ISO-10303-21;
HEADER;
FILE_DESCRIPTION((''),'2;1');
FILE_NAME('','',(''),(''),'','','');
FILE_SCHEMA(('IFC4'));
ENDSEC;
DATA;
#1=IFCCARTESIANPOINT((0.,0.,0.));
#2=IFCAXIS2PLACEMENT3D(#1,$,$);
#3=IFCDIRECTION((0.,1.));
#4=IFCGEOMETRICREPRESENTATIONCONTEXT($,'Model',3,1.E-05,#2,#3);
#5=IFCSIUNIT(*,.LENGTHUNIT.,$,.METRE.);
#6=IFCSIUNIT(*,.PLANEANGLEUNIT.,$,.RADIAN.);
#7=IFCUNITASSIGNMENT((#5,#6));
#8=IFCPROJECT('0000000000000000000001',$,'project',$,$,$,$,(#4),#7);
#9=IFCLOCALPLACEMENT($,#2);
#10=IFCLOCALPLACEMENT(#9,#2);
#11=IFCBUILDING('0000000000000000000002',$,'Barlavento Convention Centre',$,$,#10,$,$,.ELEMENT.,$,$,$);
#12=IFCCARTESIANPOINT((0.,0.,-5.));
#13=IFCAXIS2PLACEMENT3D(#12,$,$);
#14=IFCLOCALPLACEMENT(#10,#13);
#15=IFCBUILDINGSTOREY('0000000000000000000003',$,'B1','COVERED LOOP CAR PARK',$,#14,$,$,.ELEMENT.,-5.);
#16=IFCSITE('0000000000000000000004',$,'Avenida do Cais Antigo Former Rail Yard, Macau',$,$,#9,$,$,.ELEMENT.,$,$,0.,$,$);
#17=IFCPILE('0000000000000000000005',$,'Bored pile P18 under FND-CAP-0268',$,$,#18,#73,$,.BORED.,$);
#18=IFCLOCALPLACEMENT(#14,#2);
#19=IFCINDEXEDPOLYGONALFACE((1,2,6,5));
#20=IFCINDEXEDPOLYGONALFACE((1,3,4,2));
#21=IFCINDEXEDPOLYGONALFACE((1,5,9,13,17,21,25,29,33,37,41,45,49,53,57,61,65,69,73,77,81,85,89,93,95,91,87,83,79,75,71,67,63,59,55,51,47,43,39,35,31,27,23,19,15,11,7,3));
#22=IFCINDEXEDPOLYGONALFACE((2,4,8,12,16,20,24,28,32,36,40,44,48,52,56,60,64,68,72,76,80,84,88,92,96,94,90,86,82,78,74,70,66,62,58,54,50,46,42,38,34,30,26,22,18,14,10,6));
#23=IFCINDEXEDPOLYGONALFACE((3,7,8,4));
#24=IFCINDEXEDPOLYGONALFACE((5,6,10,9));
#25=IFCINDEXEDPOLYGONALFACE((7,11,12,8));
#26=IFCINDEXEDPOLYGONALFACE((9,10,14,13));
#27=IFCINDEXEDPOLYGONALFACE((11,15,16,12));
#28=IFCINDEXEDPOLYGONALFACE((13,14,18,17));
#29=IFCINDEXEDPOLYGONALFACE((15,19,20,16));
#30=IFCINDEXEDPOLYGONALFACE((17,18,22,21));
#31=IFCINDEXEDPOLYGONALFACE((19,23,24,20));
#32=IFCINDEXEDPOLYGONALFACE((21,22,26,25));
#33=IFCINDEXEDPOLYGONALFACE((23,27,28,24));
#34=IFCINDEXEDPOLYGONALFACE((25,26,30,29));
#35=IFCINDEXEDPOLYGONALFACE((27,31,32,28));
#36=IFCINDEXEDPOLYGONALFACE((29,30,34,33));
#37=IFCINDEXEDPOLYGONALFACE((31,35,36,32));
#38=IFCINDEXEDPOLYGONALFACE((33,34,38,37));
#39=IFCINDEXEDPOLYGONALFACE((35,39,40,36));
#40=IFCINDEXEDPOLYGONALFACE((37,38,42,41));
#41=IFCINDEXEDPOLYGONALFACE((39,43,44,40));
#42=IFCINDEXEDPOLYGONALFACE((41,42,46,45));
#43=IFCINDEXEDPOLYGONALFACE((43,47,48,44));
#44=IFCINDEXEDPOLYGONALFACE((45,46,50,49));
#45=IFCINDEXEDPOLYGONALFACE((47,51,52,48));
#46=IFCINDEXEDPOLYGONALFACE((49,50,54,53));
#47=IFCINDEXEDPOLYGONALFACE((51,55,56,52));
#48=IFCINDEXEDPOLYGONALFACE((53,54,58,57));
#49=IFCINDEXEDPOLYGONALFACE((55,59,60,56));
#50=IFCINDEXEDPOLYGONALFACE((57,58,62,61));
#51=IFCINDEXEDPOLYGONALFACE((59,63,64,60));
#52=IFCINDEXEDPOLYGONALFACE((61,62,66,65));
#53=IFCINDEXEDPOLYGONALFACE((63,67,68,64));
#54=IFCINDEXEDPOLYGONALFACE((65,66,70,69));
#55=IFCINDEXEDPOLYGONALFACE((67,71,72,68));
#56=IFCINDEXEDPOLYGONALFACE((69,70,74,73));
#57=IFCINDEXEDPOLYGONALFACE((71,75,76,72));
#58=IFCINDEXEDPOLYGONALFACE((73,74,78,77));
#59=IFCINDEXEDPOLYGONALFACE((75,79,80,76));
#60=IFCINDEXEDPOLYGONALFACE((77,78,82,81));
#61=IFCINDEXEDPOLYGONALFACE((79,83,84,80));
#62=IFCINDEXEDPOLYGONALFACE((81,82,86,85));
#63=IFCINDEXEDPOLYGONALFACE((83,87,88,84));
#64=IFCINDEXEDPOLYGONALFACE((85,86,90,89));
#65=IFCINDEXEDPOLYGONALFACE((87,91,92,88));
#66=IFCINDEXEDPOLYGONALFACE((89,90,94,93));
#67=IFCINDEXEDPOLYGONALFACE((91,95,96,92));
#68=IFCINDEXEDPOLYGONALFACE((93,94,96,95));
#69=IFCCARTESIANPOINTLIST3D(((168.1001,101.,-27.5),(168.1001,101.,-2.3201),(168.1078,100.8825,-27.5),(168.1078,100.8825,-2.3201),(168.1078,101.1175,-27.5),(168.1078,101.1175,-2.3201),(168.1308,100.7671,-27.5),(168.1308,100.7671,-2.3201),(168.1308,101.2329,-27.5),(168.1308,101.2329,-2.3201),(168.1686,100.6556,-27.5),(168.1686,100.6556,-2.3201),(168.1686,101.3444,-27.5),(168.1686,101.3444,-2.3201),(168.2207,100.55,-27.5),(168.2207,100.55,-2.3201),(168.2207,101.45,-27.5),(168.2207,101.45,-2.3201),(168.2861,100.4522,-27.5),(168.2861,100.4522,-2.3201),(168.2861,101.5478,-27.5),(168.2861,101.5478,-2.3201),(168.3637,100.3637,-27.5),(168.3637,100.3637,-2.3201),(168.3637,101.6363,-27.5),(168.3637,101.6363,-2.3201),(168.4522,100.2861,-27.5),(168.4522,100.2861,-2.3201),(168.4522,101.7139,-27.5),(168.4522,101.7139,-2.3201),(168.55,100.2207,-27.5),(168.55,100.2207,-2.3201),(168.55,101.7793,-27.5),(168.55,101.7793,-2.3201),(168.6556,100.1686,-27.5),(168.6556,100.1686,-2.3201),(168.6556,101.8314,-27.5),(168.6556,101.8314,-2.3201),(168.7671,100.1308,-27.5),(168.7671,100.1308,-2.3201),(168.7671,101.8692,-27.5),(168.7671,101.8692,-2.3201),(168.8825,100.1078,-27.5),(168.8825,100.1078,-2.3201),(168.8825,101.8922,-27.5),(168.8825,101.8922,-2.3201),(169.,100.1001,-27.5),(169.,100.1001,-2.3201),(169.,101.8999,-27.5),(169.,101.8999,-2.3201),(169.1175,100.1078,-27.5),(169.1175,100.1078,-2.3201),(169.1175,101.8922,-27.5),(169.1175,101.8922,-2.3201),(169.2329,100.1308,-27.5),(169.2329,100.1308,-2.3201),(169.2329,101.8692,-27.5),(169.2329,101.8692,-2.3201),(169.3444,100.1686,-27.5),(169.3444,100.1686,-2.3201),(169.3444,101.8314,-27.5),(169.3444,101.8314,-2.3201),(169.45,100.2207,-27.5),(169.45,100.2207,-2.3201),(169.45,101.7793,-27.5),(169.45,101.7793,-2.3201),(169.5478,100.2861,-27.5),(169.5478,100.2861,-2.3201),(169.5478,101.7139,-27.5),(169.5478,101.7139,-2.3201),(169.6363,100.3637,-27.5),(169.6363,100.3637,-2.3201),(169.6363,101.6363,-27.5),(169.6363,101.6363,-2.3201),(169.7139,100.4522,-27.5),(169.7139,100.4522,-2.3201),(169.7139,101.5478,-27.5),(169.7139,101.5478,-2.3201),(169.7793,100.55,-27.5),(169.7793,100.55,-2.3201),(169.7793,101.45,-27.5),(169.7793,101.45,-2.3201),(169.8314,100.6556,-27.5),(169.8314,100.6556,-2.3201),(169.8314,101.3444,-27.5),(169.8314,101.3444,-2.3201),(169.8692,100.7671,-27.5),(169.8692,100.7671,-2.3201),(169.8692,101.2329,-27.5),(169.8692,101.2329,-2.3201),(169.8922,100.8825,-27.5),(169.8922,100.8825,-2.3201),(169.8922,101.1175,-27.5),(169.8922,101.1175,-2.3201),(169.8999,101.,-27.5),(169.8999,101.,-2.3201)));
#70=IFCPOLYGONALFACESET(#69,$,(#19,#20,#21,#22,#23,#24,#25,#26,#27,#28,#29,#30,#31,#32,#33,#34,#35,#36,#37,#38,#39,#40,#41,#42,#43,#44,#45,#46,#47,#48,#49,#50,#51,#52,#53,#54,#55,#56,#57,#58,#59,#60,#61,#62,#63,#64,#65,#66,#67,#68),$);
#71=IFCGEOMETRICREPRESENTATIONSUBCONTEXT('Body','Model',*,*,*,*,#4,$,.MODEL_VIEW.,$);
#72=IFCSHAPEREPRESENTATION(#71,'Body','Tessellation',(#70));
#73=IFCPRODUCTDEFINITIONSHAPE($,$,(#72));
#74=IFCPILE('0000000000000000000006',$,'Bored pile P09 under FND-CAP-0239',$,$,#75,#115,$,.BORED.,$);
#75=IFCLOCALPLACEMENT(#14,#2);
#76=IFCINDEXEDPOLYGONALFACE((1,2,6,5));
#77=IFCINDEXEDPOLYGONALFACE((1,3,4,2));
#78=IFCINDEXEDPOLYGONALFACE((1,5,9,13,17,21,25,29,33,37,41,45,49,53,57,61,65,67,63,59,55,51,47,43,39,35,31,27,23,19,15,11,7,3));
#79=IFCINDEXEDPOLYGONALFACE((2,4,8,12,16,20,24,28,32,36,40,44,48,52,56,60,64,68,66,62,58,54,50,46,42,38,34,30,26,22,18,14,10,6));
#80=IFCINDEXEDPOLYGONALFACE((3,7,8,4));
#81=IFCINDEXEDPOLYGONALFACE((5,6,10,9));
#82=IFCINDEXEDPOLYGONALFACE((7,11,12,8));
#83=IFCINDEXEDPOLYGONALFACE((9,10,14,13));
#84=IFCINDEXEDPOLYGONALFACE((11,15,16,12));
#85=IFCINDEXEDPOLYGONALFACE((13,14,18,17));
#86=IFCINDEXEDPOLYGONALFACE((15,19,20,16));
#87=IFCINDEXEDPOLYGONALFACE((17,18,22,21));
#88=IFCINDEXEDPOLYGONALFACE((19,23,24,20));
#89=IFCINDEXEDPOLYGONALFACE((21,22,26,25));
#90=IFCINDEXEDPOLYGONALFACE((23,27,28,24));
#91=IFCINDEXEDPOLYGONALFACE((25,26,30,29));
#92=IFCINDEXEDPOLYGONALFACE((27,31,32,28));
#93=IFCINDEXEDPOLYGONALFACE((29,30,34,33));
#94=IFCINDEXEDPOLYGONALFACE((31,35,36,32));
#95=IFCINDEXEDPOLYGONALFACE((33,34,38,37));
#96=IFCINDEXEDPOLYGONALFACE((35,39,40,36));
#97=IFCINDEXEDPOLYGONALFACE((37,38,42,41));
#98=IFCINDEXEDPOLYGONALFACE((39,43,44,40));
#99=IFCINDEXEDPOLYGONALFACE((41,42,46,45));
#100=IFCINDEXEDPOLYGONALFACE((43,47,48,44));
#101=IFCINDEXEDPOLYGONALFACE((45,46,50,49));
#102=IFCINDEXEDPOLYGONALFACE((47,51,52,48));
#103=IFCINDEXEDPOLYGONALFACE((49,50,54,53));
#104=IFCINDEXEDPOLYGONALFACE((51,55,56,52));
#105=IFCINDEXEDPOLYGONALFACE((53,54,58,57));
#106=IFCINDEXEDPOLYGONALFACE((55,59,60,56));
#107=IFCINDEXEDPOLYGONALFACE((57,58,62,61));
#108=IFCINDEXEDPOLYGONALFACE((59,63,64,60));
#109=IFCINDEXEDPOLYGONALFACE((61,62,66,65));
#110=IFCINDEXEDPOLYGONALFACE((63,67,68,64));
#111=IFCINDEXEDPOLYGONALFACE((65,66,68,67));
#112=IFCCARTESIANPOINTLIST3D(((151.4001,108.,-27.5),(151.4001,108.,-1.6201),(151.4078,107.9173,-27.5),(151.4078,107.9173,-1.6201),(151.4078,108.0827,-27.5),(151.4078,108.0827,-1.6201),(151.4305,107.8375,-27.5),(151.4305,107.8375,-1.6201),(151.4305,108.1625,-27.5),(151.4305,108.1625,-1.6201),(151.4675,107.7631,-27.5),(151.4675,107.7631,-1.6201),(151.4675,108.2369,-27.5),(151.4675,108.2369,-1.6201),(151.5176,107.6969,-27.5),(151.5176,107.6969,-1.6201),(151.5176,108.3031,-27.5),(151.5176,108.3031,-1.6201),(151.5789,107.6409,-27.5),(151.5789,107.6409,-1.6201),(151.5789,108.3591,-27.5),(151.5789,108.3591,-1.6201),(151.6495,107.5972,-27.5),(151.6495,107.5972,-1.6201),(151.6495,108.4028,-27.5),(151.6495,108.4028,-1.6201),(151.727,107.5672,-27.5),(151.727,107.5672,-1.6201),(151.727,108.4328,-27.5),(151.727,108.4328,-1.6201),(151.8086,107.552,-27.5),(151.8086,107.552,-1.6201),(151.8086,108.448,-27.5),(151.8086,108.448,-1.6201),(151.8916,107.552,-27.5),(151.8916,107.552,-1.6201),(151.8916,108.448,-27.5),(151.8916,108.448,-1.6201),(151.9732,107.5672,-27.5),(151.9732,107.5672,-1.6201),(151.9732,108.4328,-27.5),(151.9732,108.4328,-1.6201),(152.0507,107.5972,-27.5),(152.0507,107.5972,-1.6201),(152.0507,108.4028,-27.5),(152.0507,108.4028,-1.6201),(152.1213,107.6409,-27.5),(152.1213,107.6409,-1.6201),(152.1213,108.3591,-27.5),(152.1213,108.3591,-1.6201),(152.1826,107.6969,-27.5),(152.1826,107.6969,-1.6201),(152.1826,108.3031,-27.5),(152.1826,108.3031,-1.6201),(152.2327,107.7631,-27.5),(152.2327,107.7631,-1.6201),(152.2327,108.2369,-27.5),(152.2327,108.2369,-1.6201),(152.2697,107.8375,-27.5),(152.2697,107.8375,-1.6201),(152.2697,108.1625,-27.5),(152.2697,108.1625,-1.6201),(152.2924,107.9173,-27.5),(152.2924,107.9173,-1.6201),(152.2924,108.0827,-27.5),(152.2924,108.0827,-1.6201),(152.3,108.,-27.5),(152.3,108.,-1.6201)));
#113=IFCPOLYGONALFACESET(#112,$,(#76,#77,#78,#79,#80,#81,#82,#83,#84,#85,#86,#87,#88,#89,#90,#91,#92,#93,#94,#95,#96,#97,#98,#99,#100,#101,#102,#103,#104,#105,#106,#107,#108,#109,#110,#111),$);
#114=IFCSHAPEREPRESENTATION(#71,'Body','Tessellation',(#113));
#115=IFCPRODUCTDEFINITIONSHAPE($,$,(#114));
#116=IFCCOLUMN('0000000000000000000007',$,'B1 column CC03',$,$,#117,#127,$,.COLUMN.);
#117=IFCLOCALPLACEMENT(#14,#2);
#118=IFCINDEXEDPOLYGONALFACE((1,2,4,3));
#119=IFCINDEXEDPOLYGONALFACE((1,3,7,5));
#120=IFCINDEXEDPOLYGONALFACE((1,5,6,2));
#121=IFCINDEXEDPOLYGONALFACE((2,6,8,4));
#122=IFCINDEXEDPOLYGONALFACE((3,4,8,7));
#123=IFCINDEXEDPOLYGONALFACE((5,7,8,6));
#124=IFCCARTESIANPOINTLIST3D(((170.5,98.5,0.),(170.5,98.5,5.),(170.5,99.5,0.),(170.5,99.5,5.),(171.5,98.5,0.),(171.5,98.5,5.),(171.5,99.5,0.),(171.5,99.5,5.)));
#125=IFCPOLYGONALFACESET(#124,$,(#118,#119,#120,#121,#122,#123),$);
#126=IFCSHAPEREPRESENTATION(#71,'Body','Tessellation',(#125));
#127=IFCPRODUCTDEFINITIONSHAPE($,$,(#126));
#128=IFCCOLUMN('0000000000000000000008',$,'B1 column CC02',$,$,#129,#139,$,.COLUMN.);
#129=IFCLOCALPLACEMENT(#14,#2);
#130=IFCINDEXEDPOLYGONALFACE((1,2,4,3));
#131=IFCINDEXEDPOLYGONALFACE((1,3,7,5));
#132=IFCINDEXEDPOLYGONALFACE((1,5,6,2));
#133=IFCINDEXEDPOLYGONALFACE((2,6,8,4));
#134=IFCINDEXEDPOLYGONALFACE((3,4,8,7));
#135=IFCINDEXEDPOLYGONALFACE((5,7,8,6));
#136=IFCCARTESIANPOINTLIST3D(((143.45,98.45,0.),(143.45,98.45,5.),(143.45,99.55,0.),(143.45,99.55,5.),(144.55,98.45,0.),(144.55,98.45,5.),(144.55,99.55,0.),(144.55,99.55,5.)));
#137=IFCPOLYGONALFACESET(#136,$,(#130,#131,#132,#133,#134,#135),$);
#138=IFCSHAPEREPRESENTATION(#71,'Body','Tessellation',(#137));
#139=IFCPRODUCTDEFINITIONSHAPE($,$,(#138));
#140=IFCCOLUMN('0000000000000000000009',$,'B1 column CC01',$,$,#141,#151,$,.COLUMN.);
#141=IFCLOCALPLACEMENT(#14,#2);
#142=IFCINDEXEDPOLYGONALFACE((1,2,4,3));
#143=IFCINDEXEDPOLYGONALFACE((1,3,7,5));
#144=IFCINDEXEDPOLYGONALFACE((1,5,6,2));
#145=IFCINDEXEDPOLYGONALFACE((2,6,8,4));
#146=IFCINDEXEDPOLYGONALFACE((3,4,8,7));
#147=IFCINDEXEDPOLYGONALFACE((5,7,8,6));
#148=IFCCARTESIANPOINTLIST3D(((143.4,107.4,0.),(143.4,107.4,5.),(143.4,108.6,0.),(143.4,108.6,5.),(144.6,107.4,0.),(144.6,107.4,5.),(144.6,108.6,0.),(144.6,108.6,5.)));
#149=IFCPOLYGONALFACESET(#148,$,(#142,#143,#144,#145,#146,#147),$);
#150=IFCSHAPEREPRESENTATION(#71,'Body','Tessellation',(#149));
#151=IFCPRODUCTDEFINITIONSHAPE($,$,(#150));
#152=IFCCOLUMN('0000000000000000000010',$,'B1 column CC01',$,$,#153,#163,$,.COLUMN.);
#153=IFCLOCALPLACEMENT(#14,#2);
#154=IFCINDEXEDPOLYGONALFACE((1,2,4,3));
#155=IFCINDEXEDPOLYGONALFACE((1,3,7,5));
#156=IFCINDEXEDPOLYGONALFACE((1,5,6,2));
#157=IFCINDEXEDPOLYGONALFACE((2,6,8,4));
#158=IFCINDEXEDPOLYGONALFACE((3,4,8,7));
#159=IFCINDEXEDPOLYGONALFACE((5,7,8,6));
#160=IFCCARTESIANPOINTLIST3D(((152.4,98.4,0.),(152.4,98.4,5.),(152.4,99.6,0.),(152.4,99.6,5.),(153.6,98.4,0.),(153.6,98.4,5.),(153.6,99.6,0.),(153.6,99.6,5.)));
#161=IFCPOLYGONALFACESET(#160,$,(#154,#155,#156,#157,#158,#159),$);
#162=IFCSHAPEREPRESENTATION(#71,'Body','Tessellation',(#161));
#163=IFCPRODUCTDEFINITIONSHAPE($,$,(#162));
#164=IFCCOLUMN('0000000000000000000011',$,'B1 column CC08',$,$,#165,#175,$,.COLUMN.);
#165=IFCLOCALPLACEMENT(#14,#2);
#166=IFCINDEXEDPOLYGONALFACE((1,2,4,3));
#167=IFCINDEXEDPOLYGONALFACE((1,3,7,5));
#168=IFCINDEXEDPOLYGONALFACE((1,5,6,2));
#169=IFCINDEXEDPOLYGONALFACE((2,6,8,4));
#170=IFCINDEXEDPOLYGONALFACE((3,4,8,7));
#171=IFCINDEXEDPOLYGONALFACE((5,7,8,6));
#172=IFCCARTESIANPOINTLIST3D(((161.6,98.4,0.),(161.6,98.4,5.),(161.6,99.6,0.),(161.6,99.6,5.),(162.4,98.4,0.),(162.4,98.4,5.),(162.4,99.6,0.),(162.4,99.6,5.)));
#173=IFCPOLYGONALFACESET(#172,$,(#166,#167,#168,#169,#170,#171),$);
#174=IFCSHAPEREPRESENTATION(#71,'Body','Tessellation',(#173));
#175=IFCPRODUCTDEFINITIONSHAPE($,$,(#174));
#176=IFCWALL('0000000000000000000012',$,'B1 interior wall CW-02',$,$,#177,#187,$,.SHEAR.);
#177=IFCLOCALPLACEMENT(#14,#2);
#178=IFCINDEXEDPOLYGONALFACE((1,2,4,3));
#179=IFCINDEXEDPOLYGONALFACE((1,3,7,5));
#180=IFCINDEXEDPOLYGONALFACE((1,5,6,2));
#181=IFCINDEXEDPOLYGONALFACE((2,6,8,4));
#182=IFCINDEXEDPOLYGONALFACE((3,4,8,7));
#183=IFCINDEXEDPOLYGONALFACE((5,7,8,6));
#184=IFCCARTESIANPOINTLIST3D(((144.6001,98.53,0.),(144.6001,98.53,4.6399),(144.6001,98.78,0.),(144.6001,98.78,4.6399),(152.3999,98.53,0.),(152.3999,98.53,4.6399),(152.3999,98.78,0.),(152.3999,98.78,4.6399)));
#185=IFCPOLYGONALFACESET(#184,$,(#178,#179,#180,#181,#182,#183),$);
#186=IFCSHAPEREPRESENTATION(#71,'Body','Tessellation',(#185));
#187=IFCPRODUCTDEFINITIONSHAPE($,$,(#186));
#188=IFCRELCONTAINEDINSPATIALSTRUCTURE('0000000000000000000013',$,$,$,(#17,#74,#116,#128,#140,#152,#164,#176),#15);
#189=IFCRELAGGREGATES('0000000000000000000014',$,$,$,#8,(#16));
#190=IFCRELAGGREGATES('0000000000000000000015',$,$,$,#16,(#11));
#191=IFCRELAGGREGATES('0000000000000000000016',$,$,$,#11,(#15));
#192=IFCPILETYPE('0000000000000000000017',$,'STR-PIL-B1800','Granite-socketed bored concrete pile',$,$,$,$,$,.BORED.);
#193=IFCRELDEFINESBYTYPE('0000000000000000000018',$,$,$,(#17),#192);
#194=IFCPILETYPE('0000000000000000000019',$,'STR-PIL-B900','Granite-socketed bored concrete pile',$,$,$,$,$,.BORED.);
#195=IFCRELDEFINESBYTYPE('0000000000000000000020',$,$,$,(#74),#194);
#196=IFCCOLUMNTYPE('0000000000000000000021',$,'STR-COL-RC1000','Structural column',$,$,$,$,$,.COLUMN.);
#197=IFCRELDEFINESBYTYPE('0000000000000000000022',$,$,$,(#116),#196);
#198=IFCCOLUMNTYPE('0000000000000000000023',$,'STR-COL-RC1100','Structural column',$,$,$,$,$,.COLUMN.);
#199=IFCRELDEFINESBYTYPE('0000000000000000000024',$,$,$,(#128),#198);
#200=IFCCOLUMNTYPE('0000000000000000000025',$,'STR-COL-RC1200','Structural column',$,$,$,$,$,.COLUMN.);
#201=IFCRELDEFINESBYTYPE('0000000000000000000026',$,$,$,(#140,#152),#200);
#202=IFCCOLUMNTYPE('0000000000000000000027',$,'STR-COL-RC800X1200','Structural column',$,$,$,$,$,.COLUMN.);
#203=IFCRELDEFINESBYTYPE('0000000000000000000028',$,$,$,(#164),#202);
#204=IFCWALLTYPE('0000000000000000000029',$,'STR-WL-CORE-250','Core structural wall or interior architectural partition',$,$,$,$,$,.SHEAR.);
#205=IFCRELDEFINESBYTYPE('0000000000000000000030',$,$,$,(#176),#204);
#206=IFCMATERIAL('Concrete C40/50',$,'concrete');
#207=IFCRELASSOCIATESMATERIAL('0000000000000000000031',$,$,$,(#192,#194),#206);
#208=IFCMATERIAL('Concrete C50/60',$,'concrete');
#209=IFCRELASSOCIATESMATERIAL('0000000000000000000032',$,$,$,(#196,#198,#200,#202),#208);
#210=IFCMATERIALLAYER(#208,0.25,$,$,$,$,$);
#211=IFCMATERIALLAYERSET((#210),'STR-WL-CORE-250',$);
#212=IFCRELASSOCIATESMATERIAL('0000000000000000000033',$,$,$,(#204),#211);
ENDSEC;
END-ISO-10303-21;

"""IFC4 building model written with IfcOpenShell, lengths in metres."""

from ifc_helpers import new_model, si_unit, direction, frame, frame_2d, origin, origin_2d, place, context, subcontext, project, spatial, rectangle, circle, extrude, material, layer, layer_set, material_profile, profile_set, type_object, element, save


model = new_model("IFC4")

# Units and contexts
model_context = context("Model", 3, precision=1e-05, world=origin(), true_north=direction((0.0, 1.0)))
body_context = subcontext(model_context, "Body", "Model", "MODEL_VIEW")
ifc_project = project(units=[si_unit("LENGTHUNIT", "METRE"), si_unit("PLANEANGLEUNIT", "RADIAN")], contexts=[model_context])

# Site, building, storey
site_placement = place(None, origin())
site = spatial("IfcSite", under=ifc_project, at=site_placement, Name="Avenida do Cais Antigo Former Rail Yard, Macau", CompositionType="ELEMENT", RefElevation=0.0)
building_placement = place(site_placement, origin())
building = spatial("IfcBuilding", under=site, at=building_placement, Name="Barlavento Convention Centre", CompositionType="ELEMENT")
storey_placement = place(building_placement, frame((0.0, 0.0, -5.0)))
storey = spatial("IfcBuildingStorey", under=building, at=storey_placement, Name="B1", Description="COVERED LOOP CAR PARK", CompositionType="ELEMENT", Elevation=-5.0)

# Shared definitions
ifc_material_1 = material(Name="Concrete C40/50", Category="concrete")

# Piles
ifc_material_profile_1 = material_profile(ifc_material_1, circle(Radius=0.8999, at=origin_2d()), Name="BORED PILE 1800")
ifc_profile_set_1 = profile_set([ifc_material_profile_1], Name="Concrete C40/50")
pile_type_1 = type_object("IfcPileType", Name="STR-PIL-B1800", Description="Granite-socketed bored concrete pile", PredefinedType="BORED", material=ifc_profile_set_1)
for number, where, z_axis, x_axis, name in (
    (1, (169.0, 101.0, -2.3201), (0.0, 0.0, -1.0), (1.0, 0.0, 0.0), "Bored pile P18 under FND-CAP-0268"),
):
    element("IfcPile", number, at=place(storey_placement, frame(where, z_axis=z_axis, x_axis=x_axis)), inside=storey, type_object=pile_type_1, Name=name, PredefinedType="BORED", context=body_context, shape_type="SweptSolid", body=[
        extrude(circle(Radius=0.8999, at=origin_2d()), origin(), (0.0, 0.0, 1.0), 25.1799),
    ])
ifc_material_profile_2 = material_profile(ifc_material_1, circle(Radius=0.45, at=origin_2d()), Name="BORED PILE 900")
ifc_profile_set_2 = profile_set([ifc_material_profile_2], Name="Concrete C40/50")
pile_type_2 = type_object("IfcPileType", Name="STR-PIL-B900", Description="Granite-socketed bored concrete pile", PredefinedType="BORED", material=ifc_profile_set_2)
pile_1_placement = place(storey_placement, frame((151.8501, 108.0, -1.6201), z_axis=(0.0, 0.0, -1.0), x_axis=(1.0, 0.0, 0.0)))
element("IfcPile", 2, at=pile_1_placement, inside=storey, type_object=pile_type_2, Name="Bored pile P09 under FND-CAP-0239", PredefinedType="BORED", context=body_context, shape_type="SweptSolid", body=[
    extrude(circle(Radius=0.45, at=origin_2d()), origin(), (0.0, 0.0, 1.0), 25.8799),
])

# Columns
ifc_material_2 = material(Name="Concrete C50/60", Category="concrete")
ifc_material_profile_3 = material_profile(ifc_material_2, rectangle(XDim=1.0, YDim=1.0, at=origin_2d()), Name="RC 1000x1000")
ifc_profile_set_3 = profile_set([ifc_material_profile_3], Name="Concrete C50/60")
column_type_1 = type_object("IfcColumnType", Name="STR-COL-RC1000", Description="Structural column", PredefinedType="COLUMN", material=ifc_profile_set_3)
column_1_placement = place(storey_placement, frame((171.0, 99.0, 0.0), z_axis=(0.0, 0.0, 1.0), x_axis=(1.0, 0.0, 0.0)))
element("IfcColumn", 3, at=column_1_placement, inside=storey, type_object=column_type_1, Name="B1 column CC03", PredefinedType="COLUMN", context=body_context, shape_type="SweptSolid", body=[
    extrude(rectangle(XDim=1.0, YDim=1.0, at=origin_2d()), origin(), (0.0, 0.0, 1.0), 5.0),
])
ifc_material_profile_4 = material_profile(ifc_material_2, rectangle(XDim=1.1001, YDim=1.1001, at=origin_2d()), Name="RC 1100x1100")
ifc_profile_set_4 = profile_set([ifc_material_profile_4], Name="Concrete C50/60")
column_type_2 = type_object("IfcColumnType", Name="STR-COL-RC1100", Description="Structural column", PredefinedType="COLUMN", material=ifc_profile_set_4)
column_2_placement = place(storey_placement, frame((144.0, 99.0, 0.0), z_axis=(0.0, 0.0, 1.0), x_axis=(1.0, 0.0, 0.0)))
element("IfcColumn", 4, at=column_2_placement, inside=storey, type_object=column_type_2, Name="B1 column CC02", PredefinedType="COLUMN", context=body_context, shape_type="SweptSolid", body=[
    extrude(rectangle(XDim=1.1001, YDim=1.1001, at=origin_2d()), origin(), (0.0, 0.0, 1.0), 5.0),
])
ifc_material_profile_5 = material_profile(ifc_material_2, rectangle(XDim=1.2, YDim=1.2, at=origin_2d()), Name="RC 1200x1200")
ifc_profile_set_5 = profile_set([ifc_material_profile_5], Name="Concrete C50/60")
column_type_3 = type_object("IfcColumnType", Name="STR-COL-RC1200", Description="Structural column", PredefinedType="COLUMN", material=ifc_profile_set_5)
for number, where, z_axis, x_axis, name in (
    (5, (144.0, 108.0, 0.0), (0.0, 0.0, 1.0), (1.0, 0.0, 0.0), "B1 column CC01"),
    (6, (153.0, 99.0, 0.0), (0.0, 0.0, 1.0), (1.0, 0.0, 0.0), "B1 column CC01"),
):
    element("IfcColumn", number, at=place(storey_placement, frame(where, z_axis=z_axis, x_axis=x_axis)), inside=storey, type_object=column_type_3, Name=name, PredefinedType="COLUMN", context=body_context, shape_type="SweptSolid", body=[
        extrude(rectangle(XDim=1.2, YDim=1.2, at=origin_2d()), origin(), (0.0, 0.0, 1.0), 5.0),
    ])
ifc_material_profile_6 = material_profile(ifc_material_2, rectangle(XDim=0.8, YDim=1.2, at=origin_2d()), Name="RC 800x1200")
ifc_profile_set_6 = profile_set([ifc_material_profile_6], Name="Concrete C50/60")
column_type_4 = type_object("IfcColumnType", Name="STR-COL-RC800X1200", Description="Structural column", PredefinedType="COLUMN", material=ifc_profile_set_6)
column_3_placement = place(storey_placement, frame((162.0, 99.0, 0.0), z_axis=(0.0, 0.0, 1.0), x_axis=(1.0, 0.0, 0.0)))
element("IfcColumn", 7, at=column_3_placement, inside=storey, type_object=column_type_4, Name="B1 column CC08", PredefinedType="COLUMN", context=body_context, shape_type="SweptSolid", body=[
    extrude(rectangle(XDim=0.8, YDim=1.2, at=origin_2d()), origin(), (0.0, 0.0, 1.0), 5.0),
])

# Wall
ifc_layer = layer(ifc_material_2, 0.25)
ifc_layer_set = layer_set([ifc_layer], Name="STR-WL-CORE-250")
wall_type = type_object("IfcWallType", Name="STR-WL-CORE-250", Description="Core structural wall or interior architectural partition", PredefinedType="SHEAR", material=ifc_layer_set)
wall_1_placement = place(storey_placement, frame((144.6001, 98.655, 0.0), z_axis=(0.0, 0.0, 1.0), x_axis=(1.0, 0.0, 0.0)))
element("IfcWall", 8, at=wall_1_placement, inside=storey, type_object=wall_type, Name="B1 interior wall CW-02", PredefinedType="SHEAR", context=body_context, shape_type="SweptSolid", body=[
    extrude(rectangle(XDim=7.7998, YDim=0.25, at=frame_2d((3.8999, 0.0))), origin(), (0.0, 0.0, 1.0), 4.6399),
])

save(model, "model.ifc")
